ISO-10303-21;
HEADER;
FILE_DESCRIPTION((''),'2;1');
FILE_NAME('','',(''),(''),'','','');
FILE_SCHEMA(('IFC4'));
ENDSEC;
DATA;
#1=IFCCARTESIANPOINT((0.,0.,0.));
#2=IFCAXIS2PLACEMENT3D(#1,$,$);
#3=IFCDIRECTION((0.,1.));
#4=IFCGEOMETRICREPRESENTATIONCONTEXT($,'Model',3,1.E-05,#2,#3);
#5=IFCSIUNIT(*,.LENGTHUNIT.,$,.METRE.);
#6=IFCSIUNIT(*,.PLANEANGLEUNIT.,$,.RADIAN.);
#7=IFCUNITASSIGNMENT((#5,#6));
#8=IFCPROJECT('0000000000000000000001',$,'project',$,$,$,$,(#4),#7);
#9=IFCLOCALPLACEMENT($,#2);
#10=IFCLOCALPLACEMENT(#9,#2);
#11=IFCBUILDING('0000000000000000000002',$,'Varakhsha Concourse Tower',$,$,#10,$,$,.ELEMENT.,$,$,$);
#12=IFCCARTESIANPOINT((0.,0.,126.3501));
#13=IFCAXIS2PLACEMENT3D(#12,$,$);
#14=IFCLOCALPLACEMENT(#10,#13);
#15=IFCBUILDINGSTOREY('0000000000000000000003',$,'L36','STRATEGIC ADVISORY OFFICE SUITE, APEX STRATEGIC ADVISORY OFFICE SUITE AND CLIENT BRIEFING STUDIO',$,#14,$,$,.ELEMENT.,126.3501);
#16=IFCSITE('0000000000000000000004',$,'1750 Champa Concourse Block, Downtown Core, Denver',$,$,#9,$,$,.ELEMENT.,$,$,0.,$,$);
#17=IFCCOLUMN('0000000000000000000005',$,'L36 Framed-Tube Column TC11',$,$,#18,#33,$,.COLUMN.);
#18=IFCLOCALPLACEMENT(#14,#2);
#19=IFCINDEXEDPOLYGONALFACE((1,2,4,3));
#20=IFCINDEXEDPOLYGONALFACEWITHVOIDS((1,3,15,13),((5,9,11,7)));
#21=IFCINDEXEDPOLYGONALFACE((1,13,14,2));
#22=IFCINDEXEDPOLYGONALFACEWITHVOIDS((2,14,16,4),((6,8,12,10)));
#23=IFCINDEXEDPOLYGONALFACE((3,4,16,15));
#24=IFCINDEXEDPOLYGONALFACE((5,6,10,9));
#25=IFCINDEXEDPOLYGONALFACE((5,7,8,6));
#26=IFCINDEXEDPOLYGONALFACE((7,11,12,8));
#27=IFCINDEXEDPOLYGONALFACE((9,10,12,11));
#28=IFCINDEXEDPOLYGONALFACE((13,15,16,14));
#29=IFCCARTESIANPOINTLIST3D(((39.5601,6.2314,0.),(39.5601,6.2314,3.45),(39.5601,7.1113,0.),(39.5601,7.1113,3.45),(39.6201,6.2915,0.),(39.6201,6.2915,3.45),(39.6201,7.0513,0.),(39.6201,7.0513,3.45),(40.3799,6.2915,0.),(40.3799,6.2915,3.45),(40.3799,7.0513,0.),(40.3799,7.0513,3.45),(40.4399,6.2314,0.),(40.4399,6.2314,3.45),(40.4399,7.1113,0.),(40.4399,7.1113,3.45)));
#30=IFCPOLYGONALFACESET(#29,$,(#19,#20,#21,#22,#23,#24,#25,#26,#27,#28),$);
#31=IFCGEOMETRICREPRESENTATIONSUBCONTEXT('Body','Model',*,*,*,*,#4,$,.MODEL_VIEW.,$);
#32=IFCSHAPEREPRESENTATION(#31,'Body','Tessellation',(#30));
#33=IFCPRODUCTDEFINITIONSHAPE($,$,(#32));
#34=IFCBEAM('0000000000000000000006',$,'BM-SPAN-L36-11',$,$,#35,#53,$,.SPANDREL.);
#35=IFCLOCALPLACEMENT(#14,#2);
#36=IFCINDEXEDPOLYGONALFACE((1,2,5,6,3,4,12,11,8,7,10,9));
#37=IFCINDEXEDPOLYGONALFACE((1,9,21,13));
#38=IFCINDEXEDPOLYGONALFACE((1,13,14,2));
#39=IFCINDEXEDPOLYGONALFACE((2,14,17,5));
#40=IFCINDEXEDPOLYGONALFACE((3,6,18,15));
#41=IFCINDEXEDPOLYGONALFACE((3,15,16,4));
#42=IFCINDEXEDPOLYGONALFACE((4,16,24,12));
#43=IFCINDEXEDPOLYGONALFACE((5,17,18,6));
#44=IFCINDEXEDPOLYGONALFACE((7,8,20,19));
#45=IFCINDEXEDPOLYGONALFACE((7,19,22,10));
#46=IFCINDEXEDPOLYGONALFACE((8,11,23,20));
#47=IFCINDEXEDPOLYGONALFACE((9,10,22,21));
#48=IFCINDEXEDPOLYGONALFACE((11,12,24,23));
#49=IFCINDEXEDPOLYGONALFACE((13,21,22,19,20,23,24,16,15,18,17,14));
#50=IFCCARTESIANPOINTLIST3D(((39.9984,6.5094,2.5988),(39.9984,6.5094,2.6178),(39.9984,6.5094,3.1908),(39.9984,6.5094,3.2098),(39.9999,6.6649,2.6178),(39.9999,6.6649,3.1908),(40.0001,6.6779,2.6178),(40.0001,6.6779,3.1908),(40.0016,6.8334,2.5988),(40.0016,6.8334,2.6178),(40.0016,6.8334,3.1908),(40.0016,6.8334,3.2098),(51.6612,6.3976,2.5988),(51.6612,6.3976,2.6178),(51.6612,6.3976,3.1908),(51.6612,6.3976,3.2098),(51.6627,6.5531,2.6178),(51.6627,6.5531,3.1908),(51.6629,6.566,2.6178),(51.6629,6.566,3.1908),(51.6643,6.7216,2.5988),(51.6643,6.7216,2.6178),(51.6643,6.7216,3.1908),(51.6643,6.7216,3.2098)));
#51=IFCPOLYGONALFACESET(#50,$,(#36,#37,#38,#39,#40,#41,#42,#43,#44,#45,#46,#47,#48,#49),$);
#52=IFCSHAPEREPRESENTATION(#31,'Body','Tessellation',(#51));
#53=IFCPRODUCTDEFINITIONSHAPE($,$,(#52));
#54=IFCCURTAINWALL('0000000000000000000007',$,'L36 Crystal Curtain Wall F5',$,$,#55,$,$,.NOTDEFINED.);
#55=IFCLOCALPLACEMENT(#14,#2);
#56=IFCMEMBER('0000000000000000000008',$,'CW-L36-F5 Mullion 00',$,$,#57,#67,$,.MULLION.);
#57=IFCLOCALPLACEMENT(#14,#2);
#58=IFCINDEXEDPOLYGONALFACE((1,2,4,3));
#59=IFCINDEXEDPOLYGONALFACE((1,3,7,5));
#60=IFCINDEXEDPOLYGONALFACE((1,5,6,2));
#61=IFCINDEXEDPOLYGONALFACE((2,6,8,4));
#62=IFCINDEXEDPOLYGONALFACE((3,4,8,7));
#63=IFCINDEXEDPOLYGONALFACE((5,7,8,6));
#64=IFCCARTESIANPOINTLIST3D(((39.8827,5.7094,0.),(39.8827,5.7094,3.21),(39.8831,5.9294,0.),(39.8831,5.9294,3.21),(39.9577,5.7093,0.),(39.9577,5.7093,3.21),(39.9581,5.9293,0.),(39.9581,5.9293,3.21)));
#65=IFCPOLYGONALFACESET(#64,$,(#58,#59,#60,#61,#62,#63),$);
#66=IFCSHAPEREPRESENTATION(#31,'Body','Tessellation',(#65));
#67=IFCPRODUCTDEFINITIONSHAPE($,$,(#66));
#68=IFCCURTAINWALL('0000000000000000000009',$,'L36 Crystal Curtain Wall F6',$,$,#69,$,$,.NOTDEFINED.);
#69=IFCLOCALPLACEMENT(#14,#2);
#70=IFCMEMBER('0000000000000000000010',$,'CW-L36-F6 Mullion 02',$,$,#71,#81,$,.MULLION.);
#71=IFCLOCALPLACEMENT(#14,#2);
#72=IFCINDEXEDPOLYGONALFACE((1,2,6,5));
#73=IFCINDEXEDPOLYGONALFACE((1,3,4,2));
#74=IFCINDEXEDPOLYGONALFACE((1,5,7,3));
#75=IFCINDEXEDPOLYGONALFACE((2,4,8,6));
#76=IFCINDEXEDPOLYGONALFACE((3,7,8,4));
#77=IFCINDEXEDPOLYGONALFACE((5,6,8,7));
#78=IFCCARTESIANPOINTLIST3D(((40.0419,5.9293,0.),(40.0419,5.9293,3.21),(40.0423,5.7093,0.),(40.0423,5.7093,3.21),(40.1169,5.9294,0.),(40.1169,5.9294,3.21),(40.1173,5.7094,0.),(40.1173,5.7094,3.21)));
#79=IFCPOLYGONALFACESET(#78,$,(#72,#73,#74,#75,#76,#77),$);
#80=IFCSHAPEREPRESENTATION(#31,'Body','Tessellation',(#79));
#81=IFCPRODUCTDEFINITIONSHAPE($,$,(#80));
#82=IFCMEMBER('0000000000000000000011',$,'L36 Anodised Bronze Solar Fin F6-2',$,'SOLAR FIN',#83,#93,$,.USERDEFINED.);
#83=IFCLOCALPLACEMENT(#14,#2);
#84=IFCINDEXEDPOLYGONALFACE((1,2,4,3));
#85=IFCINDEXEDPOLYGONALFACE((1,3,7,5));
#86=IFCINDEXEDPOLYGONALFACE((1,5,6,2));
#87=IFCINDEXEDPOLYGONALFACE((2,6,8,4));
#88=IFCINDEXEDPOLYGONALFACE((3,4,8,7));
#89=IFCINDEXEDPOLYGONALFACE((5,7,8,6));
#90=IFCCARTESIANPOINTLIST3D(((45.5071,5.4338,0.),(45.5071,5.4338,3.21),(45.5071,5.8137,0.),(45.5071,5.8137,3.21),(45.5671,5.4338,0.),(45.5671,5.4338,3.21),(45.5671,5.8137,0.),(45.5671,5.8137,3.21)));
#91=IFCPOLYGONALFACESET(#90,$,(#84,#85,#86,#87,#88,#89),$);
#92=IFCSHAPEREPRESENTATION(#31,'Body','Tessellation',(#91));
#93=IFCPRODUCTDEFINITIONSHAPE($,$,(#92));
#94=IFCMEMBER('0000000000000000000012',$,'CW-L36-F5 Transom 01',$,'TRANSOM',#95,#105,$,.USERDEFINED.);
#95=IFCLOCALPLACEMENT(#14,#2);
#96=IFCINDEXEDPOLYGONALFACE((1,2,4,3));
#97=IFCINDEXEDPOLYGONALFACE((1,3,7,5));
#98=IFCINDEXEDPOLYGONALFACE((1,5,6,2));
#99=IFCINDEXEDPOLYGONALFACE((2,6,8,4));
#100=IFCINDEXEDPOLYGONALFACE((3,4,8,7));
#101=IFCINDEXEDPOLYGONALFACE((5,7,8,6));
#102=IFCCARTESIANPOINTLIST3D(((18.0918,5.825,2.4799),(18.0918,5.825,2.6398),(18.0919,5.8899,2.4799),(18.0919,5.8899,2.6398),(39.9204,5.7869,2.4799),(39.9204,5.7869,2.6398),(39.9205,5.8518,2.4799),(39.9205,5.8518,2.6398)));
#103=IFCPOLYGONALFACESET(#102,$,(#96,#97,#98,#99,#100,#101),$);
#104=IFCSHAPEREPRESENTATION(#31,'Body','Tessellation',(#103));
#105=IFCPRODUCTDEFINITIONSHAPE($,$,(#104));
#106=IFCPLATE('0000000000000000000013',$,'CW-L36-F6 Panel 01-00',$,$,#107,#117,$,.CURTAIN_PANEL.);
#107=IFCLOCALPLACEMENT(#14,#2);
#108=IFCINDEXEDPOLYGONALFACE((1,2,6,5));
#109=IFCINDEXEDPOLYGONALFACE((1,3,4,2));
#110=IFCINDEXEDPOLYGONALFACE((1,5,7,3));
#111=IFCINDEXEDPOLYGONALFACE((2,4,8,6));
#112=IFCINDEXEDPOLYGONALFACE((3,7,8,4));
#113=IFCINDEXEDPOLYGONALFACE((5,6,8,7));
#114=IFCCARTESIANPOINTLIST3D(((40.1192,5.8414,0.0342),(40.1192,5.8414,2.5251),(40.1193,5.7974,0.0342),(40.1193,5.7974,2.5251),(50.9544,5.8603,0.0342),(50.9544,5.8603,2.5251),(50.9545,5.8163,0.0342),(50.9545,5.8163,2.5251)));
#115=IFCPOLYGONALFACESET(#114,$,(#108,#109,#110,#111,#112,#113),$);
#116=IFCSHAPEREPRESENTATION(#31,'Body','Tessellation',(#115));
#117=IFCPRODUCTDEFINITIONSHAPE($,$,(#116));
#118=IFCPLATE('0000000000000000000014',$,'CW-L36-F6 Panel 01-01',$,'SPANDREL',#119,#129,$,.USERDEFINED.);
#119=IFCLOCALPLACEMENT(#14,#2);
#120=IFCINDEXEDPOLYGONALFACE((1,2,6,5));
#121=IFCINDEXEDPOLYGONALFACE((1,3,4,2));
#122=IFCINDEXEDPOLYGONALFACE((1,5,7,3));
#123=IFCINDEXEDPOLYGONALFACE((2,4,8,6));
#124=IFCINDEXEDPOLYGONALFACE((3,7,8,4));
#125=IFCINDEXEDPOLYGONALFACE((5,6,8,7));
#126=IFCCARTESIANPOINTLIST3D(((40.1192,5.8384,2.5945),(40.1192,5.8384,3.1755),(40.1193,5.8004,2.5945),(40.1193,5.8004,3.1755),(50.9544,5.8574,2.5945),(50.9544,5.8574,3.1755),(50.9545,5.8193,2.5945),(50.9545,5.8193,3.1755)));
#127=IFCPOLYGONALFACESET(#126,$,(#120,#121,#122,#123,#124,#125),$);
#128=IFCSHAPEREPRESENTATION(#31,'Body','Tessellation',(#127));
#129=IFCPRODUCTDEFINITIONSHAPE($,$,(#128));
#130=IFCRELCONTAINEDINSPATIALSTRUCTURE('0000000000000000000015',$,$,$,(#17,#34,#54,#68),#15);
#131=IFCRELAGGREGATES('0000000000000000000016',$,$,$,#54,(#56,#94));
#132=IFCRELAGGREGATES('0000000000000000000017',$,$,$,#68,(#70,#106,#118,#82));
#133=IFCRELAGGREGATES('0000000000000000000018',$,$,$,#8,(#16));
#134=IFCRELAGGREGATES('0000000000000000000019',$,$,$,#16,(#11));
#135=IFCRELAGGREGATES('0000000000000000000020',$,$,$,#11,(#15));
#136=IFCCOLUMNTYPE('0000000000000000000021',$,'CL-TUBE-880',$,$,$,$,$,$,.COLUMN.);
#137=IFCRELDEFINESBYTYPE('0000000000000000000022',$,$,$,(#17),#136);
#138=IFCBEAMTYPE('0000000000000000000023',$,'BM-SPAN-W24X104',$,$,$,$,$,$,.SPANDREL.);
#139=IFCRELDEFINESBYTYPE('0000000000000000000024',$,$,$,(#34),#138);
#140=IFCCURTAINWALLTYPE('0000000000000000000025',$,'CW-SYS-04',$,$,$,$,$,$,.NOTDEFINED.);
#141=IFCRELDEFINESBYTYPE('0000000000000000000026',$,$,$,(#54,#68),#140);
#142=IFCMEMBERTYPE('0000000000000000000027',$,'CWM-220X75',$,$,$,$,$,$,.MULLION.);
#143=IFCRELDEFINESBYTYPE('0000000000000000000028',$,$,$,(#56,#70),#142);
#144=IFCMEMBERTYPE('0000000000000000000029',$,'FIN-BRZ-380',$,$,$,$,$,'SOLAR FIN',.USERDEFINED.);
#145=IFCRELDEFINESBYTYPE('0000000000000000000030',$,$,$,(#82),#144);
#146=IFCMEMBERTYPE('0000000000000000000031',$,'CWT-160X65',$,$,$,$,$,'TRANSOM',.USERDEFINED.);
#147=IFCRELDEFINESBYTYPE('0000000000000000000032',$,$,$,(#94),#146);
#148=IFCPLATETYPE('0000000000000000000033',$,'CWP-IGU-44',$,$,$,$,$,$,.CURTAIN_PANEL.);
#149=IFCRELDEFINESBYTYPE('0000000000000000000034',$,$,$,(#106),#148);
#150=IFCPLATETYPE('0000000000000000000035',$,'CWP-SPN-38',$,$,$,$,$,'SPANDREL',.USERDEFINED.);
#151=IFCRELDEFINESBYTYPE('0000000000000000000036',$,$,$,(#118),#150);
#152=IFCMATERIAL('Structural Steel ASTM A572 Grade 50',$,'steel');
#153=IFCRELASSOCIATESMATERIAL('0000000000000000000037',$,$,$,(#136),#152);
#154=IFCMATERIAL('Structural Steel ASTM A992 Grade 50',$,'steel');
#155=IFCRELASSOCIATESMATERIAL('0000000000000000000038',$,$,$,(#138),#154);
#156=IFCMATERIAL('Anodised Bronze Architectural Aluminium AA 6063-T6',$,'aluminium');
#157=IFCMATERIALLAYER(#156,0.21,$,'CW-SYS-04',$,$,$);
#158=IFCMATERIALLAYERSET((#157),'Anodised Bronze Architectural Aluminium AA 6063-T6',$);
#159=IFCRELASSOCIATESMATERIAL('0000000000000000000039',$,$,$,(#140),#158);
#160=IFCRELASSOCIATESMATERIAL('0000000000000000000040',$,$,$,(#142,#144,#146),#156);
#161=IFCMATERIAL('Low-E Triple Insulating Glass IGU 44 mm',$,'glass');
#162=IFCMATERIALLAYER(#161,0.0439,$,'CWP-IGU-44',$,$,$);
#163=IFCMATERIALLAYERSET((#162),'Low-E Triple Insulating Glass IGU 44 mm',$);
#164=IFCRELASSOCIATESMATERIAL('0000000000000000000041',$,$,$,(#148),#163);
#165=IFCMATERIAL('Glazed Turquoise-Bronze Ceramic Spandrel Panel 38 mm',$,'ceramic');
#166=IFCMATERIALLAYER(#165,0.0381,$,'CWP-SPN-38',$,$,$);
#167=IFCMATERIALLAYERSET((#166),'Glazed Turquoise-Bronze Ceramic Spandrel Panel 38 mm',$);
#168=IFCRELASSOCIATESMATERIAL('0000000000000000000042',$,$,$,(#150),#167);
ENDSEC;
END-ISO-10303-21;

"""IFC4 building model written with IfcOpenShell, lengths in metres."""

from ifc_helpers import new_model, si_unit, direction, frame, origin, origin_2d, place, context, subcontext, project, spatial, rectangle, hollow_rectangle, i_section, extrude, source, transform, mapped, material, layer, layer_set, material_profile, profile_set, type_object, type_shapes, element, aggregate, save


model = new_model("IFC4")

# Units and contexts
model_context = context("Model", 3, precision=1e-05, world=origin(), true_north=direction((0.0, 1.0)))
body_context = subcontext(model_context, "Body", "Model", "MODEL_VIEW")
ifc_project = project(units=[si_unit("LENGTHUNIT", "METRE"), si_unit("PLANEANGLEUNIT", "RADIAN")], contexts=[model_context])

# Site, building, storey
site_placement = place(None, origin())
site = spatial("IfcSite", under=ifc_project, at=site_placement, Name="1750 Champa Concourse Block, Downtown Core, Denver", CompositionType="ELEMENT", RefElevation=0.0)
building_placement = place(site_placement, origin())
building = spatial("IfcBuilding", under=site, at=building_placement, Name="Varakhsha Concourse Tower", CompositionType="ELEMENT")
storey_placement = place(building_placement, frame((0.0, 0.0, 126.3501)))
storey = spatial("IfcBuildingStorey", under=building, at=storey_placement, Name="L36", Description="STRATEGIC ADVISORY OFFICE SUITE, APEX STRATEGIC ADVISORY OFFICE SUITE AND CLIENT BRIEFING STUDIO", CompositionType="ELEMENT", Elevation=126.3501)

# Column
ifc_material_1 = material(Name="Structural Steel ASTM A572 Grade 50", Category="steel")
ifc_material_profile_1 = material_profile(ifc_material_1, hollow_rectangle(XDim=0.8799, YDim=0.8799, WallThickness=0.0601, at=origin_2d()), Name="BOX 880x880x60")
ifc_profile_set_1 = profile_set([ifc_material_profile_1], Name="Structural Steel ASTM A572 Grade 50")
column_type = type_object("IfcColumnType", Name="CL-TUBE-880", PredefinedType="COLUMN", material=ifc_profile_set_1)
column_placement = place(storey_placement, frame((40.0, 6.6714, 0.0), z_axis=(0.0, 0.0, 1.0), x_axis=(1.0, 0.0, 0.0)))
element("IfcColumn", 1, at=column_placement, inside=storey, type_object=column_type, Name="L36 Framed-Tube Column TC11", PredefinedType="COLUMN", context=body_context, shape_type="SweptSolid", body=[
    extrude(hollow_rectangle(XDim=0.8799, YDim=0.8799, WallThickness=0.0601, at=origin_2d()), origin(), (0.0, 0.0, 1.0), 3.45),
])

# Beam
ifc_material_2 = material(Name="Structural Steel ASTM A992 Grade 50", Category="steel")
ifc_material_profile_2 = material_profile(ifc_material_2, i_section(OverallWidth=0.324, OverallDepth=0.6111, WebThickness=0.0129, FlangeThickness=0.019, at=origin_2d()), Name="W24X104")
ifc_profile_set_2 = profile_set([ifc_material_profile_2], Name="Structural Steel ASTM A992 Grade 50")
beam_type = type_object("IfcBeamType", Name="BM-SPAN-W24X104", PredefinedType="SPANDREL", material=ifc_profile_set_2)
beam_placement = place(storey_placement, frame((40.0, 6.6714, 2.9043), z_axis=(0.999954, -0.009587, 0.0), x_axis=(0.009587, 0.999954, 0.0)))
element("IfcBeam", 2, at=beam_placement, inside=storey, type_object=beam_type, Name="BM-SPAN-L36-11", PredefinedType="SPANDREL", context=body_context, shape_type="SweptSolid", body=[
    extrude(i_section(OverallWidth=0.324, OverallDepth=0.6111, WebThickness=0.0129, FlangeThickness=0.019, at=origin_2d()), origin(), (0.0, 0.0, 1.0), 11.6633),
])

# Curtain wall, member
ifc_material_3 = material(Name="Anodised Bronze Architectural Aluminium AA 6063-T6", Category="aluminium")
ifc_layer_1 = layer(ifc_material_3, 0.21, Name="CW-SYS-04")
ifc_layer_set_1 = layer_set([ifc_layer_1], Name="Anodised Bronze Architectural Aluminium AA 6063-T6")
curtain_wall_type = type_object("IfcCurtainWallType", Name="CW-SYS-04", PredefinedType="NOTDEFINED", material=ifc_layer_set_1)
curtain_wall_1_placement = place(storey_placement, origin())
curtain_wall_1 = element("IfcCurtainWall", 3, at=curtain_wall_1_placement, inside=storey, type_object=curtain_wall_type, Name="L36 Crystal Curtain Wall F5", PredefinedType="NOTDEFINED")
ifc_material_profile_3 = material_profile(ifc_material_3, rectangle(XDim=0.075, YDim=0.22, at=origin_2d()), Name="CWM-220X75")
ifc_profile_set_3 = profile_set([ifc_material_profile_3], Name="Anodised Bronze Architectural Aluminium AA 6063-T6")
member_type_1 = type_object("IfcMemberType", Name="CWM-220X75", PredefinedType="MULLION", material=ifc_profile_set_3)
shared_shape_1 = source(origin(), body_context, "Body", "SweptSolid", [
    extrude(rectangle(XDim=0.075, YDim=0.22, at=origin_2d()), origin(), (0.0, 0.0, 1.0), 3.21),
])
type_shapes(member_type_1, [shared_shape_1])
member_1_placement = place(storey_placement, frame((39.9204, 5.8193, 0.0), z_axis=(0.0, 0.0, 1.0), x_axis=(-0.999998, 0.001745, 0.0)))
member_1 = element("IfcMember", 4, at=member_1_placement, type_object=member_type_1, Name="CW-L36-F5 Mullion 00", PredefinedType="MULLION", context=body_context, shape_type="MappedRepresentation", body=[
    mapped(shared_shape_1, transform((0.0, 0.0, 0.0), scale=1.0)),
])

# Curtain wall, members
curtain_wall_2_placement = place(storey_placement, origin())
curtain_wall_2 = element("IfcCurtainWall", 5, at=curtain_wall_2_placement, inside=storey, type_object=curtain_wall_type, Name="L36 Crystal Curtain Wall F6", PredefinedType="NOTDEFINED")
member_2_placement = place(storey_placement, frame((40.0796, 5.8193, 0.0), z_axis=(0.0, 0.0, 1.0), x_axis=(-0.999998, -0.001745, 0.0)))
member_2 = element("IfcMember", 6, at=member_2_placement, type_object=member_type_1, Name="CW-L36-F6 Mullion 02", PredefinedType="MULLION", context=body_context, shape_type="MappedRepresentation", body=[
    mapped(shared_shape_1, transform((0.0, 0.0, 0.0), scale=1.0)),
])
ifc_material_profile_4 = material_profile(ifc_material_3, rectangle(XDim=0.0601, YDim=0.3799, at=origin_2d()), Name="FIN-BRZ-380")
ifc_profile_set_4 = profile_set([ifc_material_profile_4], Name="Anodised Bronze Architectural Aluminium AA 6063-T6")
member_type_2 = type_object("IfcMemberType", Name="FIN-BRZ-380", ElementType="SOLAR FIN", PredefinedType="USERDEFINED", material=ifc_profile_set_4)
shared_shape_2 = source(origin(), body_context, "Body", "SweptSolid", [
    extrude(rectangle(XDim=0.0601, YDim=0.3799, at=origin_2d()), origin(), (0.0, 0.0, 1.0), 3.21),
])
type_shapes(member_type_2, [shared_shape_2])
member_3_placement = place(storey_placement, frame((45.5371, 5.6238, 0.0), z_axis=(0.0, 0.0, 1.0), x_axis=(1.0, 0.0, 0.0)))
member_3 = element("IfcMember", 7, at=member_3_placement, type_object=member_type_2, Name="L36 Anodised Bronze Solar Fin F6-2", ObjectType="SOLAR FIN", PredefinedType="USERDEFINED", context=body_context, shape_type="MappedRepresentation", body=[
    mapped(shared_shape_2, transform((0.0, 0.0, 0.0), scale=1.0)),
])

# Member
ifc_material_profile_5 = material_profile(ifc_material_3, rectangle(XDim=0.0649, YDim=0.1599, at=origin_2d()), Name="CWT-160X65")
ifc_profile_set_5 = profile_set([ifc_material_profile_5], Name="Anodised Bronze Architectural Aluminium AA 6063-T6")
member_type_3 = type_object("IfcMemberType", Name="CWT-160X65", ElementType="TRANSOM", PredefinedType="USERDEFINED", material=ifc_profile_set_5)
shared_shape_3 = source(origin(), body_context, "Body", "SweptSolid", [
    extrude(rectangle(XDim=0.0649, YDim=0.1599, at=origin_2d()), origin(), (0.0, 0.0, 1.0), 21.8286),
])
type_shapes(member_type_3, [shared_shape_3])
member_4_placement = place(storey_placement, frame((39.9204, 5.8193, 2.5598), z_axis=(-0.999998, 0.001745, 0.0), x_axis=(-0.001745, -0.999998, 0.0)))
member_4 = element("IfcMember", 8, at=member_4_placement, type_object=member_type_3, Name="CW-L36-F5 Transom 01", ObjectType="TRANSOM", PredefinedType="USERDEFINED", context=body_context, shape_type="MappedRepresentation", body=[
    mapped(shared_shape_3, transform((0.0, 0.0, 0.0), scale=1.0)),
])
aggregate(curtain_wall_1, [member_1, member_4])

# Plates
ifc_material_4 = material(Name="Low-E Triple Insulating Glass IGU 44 mm", Category="glass")
ifc_layer_2 = layer(ifc_material_4, 0.0439, Name="CWP-IGU-44")
ifc_layer_set_2 = layer_set([ifc_layer_2], Name="Low-E Triple Insulating Glass IGU 44 mm")
plate_type_1 = type_object("IfcPlateType", Name="CWP-IGU-44", PredefinedType="CURTAIN_PANEL", material=ifc_layer_set_2)
shared_shape_4 = source(origin(), body_context, "Body", "SweptSolid", [
    extrude(rectangle(XDim=10.8352, YDim=0.0439, at=origin_2d()), origin(), (0.0, 0.0, 1.0), 2.491),
])
type_shapes(plate_type_1, [shared_shape_4])
plate_1_placement = place(storey_placement, frame((45.5369, 5.8289, 0.0342), z_axis=(0.0, 0.0, 1.0), x_axis=(-0.999998, -0.001745, 0.0)))
plate_1 = element("IfcPlate", 9, at=plate_1_placement, type_object=plate_type_1, Name="CW-L36-F6 Panel 01-00", PredefinedType="CURTAIN_PANEL", context=body_context, shape_type="MappedRepresentation", body=[
    mapped(shared_shape_4, transform((0.0, 0.0, 0.0), scale=1.0)),
])
ifc_material_5 = material(Name="Glazed Turquoise-Bronze Ceramic Spandrel Panel 38 mm", Category="ceramic")
ifc_layer_3 = layer(ifc_material_5, 0.0381, Name="CWP-SPN-38")
ifc_layer_set_3 = layer_set([ifc_layer_3], Name="Glazed Turquoise-Bronze Ceramic Spandrel Panel 38 mm")
plate_type_2 = type_object("IfcPlateType", Name="CWP-SPN-38", ElementType="SPANDREL", PredefinedType="USERDEFINED", material=ifc_layer_set_3)
shared_shape_5 = source(origin(), body_context, "Body", "SweptSolid", [
    extrude(rectangle(XDim=10.8352, YDim=0.0381, at=origin_2d()), origin(), (0.0, 0.0, 1.0), 0.5811),
])
type_shapes(plate_type_2, [shared_shape_5])
plate_2_placement = place(storey_placement, frame((45.5369, 5.8289, 2.5945), z_axis=(0.0, 0.0, 1.0), x_axis=(-0.999998, -0.001745, 0.0)))
plate_2 = element("IfcPlate", 10, at=plate_2_placement, type_object=plate_type_2, Name="CW-L36-F6 Panel 01-01", ObjectType="SPANDREL", PredefinedType="USERDEFINED", context=body_context, shape_type="MappedRepresentation", body=[
    mapped(shared_shape_5, transform((0.0, 0.0, 0.0), scale=1.0)),
])
aggregate(curtain_wall_2, [member_2, plate_1, plate_2, member_3])

save(model, "model.ifc")
